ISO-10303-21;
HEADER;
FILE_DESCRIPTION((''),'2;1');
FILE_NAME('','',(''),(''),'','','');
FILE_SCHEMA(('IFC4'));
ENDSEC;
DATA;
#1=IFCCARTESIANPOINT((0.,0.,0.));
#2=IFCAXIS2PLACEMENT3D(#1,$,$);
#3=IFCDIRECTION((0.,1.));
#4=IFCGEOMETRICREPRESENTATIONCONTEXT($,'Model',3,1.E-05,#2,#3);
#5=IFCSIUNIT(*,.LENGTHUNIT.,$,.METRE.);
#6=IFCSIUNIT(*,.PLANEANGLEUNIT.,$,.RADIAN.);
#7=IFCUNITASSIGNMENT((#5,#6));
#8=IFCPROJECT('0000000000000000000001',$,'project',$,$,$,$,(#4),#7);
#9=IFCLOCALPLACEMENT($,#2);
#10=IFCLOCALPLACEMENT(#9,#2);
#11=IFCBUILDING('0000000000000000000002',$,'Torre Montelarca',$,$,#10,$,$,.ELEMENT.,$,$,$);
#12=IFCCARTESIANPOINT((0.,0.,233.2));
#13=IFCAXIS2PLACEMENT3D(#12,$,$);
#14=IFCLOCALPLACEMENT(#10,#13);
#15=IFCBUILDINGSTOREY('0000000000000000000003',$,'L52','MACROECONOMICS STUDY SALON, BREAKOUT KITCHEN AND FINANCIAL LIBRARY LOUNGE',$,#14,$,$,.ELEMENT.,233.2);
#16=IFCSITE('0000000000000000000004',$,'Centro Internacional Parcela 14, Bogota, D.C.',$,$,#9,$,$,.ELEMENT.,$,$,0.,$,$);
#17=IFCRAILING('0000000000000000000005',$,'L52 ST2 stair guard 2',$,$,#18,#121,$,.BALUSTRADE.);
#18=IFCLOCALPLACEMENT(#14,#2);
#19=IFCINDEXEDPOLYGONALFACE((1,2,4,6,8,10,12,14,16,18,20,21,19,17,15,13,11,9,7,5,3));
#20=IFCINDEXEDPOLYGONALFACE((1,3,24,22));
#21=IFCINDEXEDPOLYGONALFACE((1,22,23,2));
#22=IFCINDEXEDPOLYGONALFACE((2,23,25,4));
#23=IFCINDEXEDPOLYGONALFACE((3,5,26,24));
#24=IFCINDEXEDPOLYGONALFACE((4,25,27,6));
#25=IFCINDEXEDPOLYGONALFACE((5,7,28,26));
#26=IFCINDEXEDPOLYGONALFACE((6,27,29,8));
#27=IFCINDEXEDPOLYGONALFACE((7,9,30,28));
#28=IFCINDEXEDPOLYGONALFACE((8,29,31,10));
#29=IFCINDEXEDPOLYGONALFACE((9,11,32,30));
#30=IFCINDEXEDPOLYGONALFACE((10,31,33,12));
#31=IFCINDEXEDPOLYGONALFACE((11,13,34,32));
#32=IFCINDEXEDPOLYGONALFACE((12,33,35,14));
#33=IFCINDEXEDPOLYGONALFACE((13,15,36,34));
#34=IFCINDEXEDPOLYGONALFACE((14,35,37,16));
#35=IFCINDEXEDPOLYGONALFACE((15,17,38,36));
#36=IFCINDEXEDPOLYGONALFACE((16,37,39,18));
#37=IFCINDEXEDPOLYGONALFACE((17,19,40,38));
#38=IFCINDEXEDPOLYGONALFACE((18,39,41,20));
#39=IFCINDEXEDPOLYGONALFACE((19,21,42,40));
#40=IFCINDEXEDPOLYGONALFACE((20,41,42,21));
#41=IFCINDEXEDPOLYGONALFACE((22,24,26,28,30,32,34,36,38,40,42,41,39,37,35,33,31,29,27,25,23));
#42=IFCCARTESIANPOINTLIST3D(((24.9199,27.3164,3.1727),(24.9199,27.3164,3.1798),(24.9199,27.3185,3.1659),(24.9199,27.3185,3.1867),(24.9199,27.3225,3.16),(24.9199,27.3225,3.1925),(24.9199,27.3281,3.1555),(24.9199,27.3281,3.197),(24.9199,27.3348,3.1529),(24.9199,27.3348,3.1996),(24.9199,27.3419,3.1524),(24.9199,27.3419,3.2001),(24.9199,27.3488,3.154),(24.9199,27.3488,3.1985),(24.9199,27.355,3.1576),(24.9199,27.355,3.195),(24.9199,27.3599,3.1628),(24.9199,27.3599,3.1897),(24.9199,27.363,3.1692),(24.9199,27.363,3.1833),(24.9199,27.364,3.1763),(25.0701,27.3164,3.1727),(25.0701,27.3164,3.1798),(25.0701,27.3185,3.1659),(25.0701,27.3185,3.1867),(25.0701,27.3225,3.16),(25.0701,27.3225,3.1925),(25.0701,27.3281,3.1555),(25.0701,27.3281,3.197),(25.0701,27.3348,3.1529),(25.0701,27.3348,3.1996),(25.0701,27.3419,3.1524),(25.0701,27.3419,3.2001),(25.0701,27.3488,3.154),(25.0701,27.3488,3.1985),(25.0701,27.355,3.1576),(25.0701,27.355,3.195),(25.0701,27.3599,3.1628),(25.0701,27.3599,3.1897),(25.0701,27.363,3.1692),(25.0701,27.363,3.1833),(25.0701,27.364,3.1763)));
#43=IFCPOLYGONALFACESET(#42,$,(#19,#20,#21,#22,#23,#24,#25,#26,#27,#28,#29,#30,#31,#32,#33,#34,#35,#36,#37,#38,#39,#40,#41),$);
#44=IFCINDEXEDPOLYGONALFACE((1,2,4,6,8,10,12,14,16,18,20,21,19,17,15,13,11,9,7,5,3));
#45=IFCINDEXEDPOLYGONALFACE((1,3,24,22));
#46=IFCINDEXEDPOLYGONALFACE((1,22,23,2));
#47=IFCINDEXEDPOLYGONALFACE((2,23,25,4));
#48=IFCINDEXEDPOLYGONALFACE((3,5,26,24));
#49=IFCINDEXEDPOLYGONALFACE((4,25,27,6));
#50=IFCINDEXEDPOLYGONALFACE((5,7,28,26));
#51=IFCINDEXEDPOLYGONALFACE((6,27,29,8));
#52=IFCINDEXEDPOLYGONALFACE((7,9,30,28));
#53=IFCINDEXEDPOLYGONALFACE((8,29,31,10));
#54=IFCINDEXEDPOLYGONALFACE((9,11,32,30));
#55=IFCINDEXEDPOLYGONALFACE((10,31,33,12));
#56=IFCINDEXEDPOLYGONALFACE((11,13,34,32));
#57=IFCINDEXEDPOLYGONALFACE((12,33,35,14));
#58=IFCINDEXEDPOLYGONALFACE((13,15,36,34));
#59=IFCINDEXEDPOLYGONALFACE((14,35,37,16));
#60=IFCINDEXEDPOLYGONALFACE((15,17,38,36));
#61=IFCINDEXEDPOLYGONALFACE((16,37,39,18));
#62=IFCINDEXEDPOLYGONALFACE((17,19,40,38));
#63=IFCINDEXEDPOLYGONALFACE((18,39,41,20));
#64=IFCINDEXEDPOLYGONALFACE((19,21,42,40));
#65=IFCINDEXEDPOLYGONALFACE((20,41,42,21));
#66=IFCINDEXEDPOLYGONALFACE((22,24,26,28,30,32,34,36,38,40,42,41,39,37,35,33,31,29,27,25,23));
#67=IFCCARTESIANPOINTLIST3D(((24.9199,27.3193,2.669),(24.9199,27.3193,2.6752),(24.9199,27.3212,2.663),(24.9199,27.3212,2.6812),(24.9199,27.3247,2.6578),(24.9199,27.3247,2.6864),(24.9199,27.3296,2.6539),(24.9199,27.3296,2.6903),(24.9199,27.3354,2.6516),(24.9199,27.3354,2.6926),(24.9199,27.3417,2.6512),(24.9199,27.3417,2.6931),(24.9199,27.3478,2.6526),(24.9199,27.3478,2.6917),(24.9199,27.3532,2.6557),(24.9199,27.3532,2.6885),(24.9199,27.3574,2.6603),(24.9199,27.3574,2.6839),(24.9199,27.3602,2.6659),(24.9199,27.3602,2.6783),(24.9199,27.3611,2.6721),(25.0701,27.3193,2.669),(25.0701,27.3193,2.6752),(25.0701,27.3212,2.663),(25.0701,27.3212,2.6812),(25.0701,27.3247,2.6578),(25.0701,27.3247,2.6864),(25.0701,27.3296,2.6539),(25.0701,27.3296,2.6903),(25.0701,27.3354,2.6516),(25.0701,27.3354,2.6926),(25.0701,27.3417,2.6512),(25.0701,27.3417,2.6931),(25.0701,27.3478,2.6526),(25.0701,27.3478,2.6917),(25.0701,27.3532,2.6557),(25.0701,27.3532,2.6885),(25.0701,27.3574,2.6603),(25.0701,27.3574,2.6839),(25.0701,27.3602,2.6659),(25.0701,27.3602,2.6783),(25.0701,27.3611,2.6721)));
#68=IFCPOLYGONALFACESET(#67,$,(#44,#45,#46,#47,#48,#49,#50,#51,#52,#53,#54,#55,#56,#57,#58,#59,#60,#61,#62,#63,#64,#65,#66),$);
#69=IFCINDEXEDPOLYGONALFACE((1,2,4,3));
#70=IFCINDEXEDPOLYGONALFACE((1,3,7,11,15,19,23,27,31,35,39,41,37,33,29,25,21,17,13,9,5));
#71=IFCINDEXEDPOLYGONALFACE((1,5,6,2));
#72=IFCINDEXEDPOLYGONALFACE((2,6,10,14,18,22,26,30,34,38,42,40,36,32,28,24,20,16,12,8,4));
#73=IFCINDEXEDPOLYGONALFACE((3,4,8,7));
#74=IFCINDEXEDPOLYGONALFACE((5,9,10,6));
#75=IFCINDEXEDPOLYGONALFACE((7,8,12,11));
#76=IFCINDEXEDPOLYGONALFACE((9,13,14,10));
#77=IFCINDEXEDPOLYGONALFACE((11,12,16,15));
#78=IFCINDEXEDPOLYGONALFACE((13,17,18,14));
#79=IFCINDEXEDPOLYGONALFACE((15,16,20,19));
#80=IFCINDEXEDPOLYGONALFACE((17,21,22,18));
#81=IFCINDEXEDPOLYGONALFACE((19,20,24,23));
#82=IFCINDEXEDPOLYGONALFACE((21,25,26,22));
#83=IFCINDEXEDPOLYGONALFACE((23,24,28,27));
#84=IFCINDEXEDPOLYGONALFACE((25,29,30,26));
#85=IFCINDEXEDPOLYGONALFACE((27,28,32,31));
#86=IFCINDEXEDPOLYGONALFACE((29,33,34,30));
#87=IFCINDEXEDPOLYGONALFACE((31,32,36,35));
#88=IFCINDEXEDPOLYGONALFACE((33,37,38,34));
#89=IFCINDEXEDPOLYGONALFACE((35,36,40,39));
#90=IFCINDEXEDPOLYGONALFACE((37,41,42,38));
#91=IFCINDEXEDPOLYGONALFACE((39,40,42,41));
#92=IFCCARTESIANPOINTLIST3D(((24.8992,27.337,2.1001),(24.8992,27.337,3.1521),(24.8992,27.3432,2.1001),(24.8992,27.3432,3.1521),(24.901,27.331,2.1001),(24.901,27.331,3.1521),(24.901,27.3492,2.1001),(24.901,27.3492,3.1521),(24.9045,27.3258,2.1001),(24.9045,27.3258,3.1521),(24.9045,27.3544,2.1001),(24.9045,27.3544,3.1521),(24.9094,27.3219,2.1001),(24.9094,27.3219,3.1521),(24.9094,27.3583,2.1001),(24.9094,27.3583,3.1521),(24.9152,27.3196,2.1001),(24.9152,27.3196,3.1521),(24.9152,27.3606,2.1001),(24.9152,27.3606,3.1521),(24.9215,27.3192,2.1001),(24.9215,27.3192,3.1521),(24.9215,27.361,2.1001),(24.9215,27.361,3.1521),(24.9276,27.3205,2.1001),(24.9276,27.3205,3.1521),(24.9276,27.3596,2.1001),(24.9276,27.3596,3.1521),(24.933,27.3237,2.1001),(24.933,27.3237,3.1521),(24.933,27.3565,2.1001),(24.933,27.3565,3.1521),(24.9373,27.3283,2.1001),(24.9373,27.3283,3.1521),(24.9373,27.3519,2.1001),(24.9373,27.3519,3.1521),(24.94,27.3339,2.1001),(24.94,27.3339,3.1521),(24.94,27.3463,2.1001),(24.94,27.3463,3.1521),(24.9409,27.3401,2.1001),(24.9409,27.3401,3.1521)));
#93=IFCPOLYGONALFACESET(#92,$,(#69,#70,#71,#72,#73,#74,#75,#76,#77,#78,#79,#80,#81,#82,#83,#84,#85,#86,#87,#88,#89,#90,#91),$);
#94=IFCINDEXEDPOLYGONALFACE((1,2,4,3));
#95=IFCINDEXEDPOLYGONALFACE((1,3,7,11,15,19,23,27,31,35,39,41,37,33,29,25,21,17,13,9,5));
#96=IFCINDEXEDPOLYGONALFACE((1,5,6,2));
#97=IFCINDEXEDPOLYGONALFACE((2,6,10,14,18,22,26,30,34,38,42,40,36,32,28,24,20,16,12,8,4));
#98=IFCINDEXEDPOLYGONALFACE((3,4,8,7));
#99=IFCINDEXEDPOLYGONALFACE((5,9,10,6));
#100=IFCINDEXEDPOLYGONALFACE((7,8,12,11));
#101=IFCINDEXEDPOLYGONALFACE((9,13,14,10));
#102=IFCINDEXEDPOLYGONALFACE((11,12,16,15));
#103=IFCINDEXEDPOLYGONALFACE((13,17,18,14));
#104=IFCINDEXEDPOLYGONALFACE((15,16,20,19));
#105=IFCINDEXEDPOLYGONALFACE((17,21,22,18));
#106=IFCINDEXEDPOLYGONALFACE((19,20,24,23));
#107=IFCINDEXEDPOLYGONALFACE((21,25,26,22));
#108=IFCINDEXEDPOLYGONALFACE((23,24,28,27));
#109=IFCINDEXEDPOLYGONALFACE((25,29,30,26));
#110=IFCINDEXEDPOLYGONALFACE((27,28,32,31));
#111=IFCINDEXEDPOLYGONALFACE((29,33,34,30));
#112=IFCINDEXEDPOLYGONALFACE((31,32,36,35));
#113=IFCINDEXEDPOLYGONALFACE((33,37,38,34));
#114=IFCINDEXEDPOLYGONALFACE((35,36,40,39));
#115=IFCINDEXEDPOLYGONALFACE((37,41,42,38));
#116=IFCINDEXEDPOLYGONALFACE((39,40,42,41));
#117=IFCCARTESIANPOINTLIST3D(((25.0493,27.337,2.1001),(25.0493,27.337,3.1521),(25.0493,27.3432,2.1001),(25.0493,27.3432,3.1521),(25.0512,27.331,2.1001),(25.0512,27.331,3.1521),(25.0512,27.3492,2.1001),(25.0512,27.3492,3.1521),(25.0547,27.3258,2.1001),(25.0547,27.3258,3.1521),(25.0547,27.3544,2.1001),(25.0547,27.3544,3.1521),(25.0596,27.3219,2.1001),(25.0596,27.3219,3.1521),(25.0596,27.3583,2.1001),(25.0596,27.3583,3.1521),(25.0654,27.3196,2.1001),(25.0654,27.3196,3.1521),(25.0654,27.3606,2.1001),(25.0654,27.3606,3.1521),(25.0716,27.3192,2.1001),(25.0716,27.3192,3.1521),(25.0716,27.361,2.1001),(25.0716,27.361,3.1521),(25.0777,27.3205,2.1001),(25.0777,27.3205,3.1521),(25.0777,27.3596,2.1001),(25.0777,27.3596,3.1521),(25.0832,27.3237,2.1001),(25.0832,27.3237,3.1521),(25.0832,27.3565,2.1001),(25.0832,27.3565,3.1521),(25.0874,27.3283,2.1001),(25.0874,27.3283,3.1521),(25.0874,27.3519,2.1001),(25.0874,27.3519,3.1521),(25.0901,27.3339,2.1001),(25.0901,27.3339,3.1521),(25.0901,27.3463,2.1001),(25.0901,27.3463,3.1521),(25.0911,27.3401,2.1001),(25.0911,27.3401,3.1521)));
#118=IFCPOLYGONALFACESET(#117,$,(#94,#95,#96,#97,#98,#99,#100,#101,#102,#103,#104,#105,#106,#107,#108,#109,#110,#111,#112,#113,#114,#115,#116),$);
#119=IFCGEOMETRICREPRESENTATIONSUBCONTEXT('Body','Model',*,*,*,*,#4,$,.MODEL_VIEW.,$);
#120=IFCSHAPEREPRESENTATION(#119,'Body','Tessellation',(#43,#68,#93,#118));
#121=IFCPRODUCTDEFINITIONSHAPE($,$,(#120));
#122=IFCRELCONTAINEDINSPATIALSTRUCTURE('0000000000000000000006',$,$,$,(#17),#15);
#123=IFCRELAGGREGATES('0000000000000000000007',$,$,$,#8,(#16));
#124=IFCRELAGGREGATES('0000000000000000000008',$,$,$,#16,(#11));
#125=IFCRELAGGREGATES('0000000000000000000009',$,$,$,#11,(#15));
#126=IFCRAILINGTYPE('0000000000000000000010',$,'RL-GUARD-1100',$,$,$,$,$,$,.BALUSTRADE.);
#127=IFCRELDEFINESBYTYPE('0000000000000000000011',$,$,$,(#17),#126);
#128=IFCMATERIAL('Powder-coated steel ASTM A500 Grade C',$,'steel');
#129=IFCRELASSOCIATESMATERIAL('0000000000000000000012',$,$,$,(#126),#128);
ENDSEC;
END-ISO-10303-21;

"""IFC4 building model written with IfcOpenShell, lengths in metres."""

from ifc_helpers import new_model, si_unit, direction, frame, origin, origin_2d, place, context, subcontext, project, spatial, circle, extrude, material, type_object, element, save


model = new_model("IFC4")

# Units and contexts
model_context = context("Model", 3, precision=1e-05, world=origin(), true_north=direction((0.0, 1.0)))
body_context = subcontext(model_context, "Body", "Model", "MODEL_VIEW")
ifc_project = project(units=[si_unit("LENGTHUNIT", "METRE"), si_unit("PLANEANGLEUNIT", "RADIAN")], contexts=[model_context])

# Site, building, storey
site_placement = place(None, origin())
site = spatial("IfcSite", under=ifc_project, at=site_placement, Name="Centro Internacional Parcela 14, Bogota, D.C.", CompositionType="ELEMENT", RefElevation=0.0)
building_placement = place(site_placement, origin())
building = spatial("IfcBuilding", under=site, at=building_placement, Name="Torre Montelarca", CompositionType="ELEMENT")
storey_placement = place(building_placement, frame((0.0, 0.0, 233.2)))
storey = spatial("IfcBuildingStorey", under=building, at=storey_placement, Name="L52", Description="MACROECONOMICS STUDY SALON, BREAKOUT KITCHEN AND FINANCIAL LIBRARY LOUNGE", CompositionType="ELEMENT", Elevation=233.2)

# Railing
ifc_material_1 = material(Name="Powder-coated steel ASTM A500 Grade C", Category="steel")
railing_type_1 = type_object("IfcRailingType", Name="RL-GUARD-1100", PredefinedType="BALUSTRADE", material=ifc_material_1)
railing_1_placement = place(storey_placement, frame((24.9199, 27.3401, 2.1001)))
element("IfcRailing", 1, at=railing_1_placement, inside=storey, type_object=railing_type_1, Name="L52 ST2 stair guard 2", PredefinedType="BALUSTRADE", context=body_context, shape_type="SweptSolid", body=[
    extrude(circle(Radius=0.0239, at=origin_2d()), frame((0.0, 0.0, 1.0762), z_axis=(1.0, 0.0, 0.0), x_axis=(0.0, 1.0, 0.0)), (0.0, 0.0, 1.0), 0.1501),
    extrude(circle(Radius=0.021, at=origin_2d()), frame((0.0, 0.0, 0.572), z_axis=(1.0, 0.0, 0.0), x_axis=(0.0, 1.0, 0.0)), (0.0, 0.0, 1.0), 0.1501),
    extrude(circle(Radius=0.021, at=origin_2d()), origin(), (0.0, 0.0, 1.0), 1.052),
    extrude(circle(Radius=0.021, at=origin_2d()), frame((0.1501, 0.0, 0.0)), (0.0, 0.0, 1.0), 1.052),
])

save(model, "model.ifc")
